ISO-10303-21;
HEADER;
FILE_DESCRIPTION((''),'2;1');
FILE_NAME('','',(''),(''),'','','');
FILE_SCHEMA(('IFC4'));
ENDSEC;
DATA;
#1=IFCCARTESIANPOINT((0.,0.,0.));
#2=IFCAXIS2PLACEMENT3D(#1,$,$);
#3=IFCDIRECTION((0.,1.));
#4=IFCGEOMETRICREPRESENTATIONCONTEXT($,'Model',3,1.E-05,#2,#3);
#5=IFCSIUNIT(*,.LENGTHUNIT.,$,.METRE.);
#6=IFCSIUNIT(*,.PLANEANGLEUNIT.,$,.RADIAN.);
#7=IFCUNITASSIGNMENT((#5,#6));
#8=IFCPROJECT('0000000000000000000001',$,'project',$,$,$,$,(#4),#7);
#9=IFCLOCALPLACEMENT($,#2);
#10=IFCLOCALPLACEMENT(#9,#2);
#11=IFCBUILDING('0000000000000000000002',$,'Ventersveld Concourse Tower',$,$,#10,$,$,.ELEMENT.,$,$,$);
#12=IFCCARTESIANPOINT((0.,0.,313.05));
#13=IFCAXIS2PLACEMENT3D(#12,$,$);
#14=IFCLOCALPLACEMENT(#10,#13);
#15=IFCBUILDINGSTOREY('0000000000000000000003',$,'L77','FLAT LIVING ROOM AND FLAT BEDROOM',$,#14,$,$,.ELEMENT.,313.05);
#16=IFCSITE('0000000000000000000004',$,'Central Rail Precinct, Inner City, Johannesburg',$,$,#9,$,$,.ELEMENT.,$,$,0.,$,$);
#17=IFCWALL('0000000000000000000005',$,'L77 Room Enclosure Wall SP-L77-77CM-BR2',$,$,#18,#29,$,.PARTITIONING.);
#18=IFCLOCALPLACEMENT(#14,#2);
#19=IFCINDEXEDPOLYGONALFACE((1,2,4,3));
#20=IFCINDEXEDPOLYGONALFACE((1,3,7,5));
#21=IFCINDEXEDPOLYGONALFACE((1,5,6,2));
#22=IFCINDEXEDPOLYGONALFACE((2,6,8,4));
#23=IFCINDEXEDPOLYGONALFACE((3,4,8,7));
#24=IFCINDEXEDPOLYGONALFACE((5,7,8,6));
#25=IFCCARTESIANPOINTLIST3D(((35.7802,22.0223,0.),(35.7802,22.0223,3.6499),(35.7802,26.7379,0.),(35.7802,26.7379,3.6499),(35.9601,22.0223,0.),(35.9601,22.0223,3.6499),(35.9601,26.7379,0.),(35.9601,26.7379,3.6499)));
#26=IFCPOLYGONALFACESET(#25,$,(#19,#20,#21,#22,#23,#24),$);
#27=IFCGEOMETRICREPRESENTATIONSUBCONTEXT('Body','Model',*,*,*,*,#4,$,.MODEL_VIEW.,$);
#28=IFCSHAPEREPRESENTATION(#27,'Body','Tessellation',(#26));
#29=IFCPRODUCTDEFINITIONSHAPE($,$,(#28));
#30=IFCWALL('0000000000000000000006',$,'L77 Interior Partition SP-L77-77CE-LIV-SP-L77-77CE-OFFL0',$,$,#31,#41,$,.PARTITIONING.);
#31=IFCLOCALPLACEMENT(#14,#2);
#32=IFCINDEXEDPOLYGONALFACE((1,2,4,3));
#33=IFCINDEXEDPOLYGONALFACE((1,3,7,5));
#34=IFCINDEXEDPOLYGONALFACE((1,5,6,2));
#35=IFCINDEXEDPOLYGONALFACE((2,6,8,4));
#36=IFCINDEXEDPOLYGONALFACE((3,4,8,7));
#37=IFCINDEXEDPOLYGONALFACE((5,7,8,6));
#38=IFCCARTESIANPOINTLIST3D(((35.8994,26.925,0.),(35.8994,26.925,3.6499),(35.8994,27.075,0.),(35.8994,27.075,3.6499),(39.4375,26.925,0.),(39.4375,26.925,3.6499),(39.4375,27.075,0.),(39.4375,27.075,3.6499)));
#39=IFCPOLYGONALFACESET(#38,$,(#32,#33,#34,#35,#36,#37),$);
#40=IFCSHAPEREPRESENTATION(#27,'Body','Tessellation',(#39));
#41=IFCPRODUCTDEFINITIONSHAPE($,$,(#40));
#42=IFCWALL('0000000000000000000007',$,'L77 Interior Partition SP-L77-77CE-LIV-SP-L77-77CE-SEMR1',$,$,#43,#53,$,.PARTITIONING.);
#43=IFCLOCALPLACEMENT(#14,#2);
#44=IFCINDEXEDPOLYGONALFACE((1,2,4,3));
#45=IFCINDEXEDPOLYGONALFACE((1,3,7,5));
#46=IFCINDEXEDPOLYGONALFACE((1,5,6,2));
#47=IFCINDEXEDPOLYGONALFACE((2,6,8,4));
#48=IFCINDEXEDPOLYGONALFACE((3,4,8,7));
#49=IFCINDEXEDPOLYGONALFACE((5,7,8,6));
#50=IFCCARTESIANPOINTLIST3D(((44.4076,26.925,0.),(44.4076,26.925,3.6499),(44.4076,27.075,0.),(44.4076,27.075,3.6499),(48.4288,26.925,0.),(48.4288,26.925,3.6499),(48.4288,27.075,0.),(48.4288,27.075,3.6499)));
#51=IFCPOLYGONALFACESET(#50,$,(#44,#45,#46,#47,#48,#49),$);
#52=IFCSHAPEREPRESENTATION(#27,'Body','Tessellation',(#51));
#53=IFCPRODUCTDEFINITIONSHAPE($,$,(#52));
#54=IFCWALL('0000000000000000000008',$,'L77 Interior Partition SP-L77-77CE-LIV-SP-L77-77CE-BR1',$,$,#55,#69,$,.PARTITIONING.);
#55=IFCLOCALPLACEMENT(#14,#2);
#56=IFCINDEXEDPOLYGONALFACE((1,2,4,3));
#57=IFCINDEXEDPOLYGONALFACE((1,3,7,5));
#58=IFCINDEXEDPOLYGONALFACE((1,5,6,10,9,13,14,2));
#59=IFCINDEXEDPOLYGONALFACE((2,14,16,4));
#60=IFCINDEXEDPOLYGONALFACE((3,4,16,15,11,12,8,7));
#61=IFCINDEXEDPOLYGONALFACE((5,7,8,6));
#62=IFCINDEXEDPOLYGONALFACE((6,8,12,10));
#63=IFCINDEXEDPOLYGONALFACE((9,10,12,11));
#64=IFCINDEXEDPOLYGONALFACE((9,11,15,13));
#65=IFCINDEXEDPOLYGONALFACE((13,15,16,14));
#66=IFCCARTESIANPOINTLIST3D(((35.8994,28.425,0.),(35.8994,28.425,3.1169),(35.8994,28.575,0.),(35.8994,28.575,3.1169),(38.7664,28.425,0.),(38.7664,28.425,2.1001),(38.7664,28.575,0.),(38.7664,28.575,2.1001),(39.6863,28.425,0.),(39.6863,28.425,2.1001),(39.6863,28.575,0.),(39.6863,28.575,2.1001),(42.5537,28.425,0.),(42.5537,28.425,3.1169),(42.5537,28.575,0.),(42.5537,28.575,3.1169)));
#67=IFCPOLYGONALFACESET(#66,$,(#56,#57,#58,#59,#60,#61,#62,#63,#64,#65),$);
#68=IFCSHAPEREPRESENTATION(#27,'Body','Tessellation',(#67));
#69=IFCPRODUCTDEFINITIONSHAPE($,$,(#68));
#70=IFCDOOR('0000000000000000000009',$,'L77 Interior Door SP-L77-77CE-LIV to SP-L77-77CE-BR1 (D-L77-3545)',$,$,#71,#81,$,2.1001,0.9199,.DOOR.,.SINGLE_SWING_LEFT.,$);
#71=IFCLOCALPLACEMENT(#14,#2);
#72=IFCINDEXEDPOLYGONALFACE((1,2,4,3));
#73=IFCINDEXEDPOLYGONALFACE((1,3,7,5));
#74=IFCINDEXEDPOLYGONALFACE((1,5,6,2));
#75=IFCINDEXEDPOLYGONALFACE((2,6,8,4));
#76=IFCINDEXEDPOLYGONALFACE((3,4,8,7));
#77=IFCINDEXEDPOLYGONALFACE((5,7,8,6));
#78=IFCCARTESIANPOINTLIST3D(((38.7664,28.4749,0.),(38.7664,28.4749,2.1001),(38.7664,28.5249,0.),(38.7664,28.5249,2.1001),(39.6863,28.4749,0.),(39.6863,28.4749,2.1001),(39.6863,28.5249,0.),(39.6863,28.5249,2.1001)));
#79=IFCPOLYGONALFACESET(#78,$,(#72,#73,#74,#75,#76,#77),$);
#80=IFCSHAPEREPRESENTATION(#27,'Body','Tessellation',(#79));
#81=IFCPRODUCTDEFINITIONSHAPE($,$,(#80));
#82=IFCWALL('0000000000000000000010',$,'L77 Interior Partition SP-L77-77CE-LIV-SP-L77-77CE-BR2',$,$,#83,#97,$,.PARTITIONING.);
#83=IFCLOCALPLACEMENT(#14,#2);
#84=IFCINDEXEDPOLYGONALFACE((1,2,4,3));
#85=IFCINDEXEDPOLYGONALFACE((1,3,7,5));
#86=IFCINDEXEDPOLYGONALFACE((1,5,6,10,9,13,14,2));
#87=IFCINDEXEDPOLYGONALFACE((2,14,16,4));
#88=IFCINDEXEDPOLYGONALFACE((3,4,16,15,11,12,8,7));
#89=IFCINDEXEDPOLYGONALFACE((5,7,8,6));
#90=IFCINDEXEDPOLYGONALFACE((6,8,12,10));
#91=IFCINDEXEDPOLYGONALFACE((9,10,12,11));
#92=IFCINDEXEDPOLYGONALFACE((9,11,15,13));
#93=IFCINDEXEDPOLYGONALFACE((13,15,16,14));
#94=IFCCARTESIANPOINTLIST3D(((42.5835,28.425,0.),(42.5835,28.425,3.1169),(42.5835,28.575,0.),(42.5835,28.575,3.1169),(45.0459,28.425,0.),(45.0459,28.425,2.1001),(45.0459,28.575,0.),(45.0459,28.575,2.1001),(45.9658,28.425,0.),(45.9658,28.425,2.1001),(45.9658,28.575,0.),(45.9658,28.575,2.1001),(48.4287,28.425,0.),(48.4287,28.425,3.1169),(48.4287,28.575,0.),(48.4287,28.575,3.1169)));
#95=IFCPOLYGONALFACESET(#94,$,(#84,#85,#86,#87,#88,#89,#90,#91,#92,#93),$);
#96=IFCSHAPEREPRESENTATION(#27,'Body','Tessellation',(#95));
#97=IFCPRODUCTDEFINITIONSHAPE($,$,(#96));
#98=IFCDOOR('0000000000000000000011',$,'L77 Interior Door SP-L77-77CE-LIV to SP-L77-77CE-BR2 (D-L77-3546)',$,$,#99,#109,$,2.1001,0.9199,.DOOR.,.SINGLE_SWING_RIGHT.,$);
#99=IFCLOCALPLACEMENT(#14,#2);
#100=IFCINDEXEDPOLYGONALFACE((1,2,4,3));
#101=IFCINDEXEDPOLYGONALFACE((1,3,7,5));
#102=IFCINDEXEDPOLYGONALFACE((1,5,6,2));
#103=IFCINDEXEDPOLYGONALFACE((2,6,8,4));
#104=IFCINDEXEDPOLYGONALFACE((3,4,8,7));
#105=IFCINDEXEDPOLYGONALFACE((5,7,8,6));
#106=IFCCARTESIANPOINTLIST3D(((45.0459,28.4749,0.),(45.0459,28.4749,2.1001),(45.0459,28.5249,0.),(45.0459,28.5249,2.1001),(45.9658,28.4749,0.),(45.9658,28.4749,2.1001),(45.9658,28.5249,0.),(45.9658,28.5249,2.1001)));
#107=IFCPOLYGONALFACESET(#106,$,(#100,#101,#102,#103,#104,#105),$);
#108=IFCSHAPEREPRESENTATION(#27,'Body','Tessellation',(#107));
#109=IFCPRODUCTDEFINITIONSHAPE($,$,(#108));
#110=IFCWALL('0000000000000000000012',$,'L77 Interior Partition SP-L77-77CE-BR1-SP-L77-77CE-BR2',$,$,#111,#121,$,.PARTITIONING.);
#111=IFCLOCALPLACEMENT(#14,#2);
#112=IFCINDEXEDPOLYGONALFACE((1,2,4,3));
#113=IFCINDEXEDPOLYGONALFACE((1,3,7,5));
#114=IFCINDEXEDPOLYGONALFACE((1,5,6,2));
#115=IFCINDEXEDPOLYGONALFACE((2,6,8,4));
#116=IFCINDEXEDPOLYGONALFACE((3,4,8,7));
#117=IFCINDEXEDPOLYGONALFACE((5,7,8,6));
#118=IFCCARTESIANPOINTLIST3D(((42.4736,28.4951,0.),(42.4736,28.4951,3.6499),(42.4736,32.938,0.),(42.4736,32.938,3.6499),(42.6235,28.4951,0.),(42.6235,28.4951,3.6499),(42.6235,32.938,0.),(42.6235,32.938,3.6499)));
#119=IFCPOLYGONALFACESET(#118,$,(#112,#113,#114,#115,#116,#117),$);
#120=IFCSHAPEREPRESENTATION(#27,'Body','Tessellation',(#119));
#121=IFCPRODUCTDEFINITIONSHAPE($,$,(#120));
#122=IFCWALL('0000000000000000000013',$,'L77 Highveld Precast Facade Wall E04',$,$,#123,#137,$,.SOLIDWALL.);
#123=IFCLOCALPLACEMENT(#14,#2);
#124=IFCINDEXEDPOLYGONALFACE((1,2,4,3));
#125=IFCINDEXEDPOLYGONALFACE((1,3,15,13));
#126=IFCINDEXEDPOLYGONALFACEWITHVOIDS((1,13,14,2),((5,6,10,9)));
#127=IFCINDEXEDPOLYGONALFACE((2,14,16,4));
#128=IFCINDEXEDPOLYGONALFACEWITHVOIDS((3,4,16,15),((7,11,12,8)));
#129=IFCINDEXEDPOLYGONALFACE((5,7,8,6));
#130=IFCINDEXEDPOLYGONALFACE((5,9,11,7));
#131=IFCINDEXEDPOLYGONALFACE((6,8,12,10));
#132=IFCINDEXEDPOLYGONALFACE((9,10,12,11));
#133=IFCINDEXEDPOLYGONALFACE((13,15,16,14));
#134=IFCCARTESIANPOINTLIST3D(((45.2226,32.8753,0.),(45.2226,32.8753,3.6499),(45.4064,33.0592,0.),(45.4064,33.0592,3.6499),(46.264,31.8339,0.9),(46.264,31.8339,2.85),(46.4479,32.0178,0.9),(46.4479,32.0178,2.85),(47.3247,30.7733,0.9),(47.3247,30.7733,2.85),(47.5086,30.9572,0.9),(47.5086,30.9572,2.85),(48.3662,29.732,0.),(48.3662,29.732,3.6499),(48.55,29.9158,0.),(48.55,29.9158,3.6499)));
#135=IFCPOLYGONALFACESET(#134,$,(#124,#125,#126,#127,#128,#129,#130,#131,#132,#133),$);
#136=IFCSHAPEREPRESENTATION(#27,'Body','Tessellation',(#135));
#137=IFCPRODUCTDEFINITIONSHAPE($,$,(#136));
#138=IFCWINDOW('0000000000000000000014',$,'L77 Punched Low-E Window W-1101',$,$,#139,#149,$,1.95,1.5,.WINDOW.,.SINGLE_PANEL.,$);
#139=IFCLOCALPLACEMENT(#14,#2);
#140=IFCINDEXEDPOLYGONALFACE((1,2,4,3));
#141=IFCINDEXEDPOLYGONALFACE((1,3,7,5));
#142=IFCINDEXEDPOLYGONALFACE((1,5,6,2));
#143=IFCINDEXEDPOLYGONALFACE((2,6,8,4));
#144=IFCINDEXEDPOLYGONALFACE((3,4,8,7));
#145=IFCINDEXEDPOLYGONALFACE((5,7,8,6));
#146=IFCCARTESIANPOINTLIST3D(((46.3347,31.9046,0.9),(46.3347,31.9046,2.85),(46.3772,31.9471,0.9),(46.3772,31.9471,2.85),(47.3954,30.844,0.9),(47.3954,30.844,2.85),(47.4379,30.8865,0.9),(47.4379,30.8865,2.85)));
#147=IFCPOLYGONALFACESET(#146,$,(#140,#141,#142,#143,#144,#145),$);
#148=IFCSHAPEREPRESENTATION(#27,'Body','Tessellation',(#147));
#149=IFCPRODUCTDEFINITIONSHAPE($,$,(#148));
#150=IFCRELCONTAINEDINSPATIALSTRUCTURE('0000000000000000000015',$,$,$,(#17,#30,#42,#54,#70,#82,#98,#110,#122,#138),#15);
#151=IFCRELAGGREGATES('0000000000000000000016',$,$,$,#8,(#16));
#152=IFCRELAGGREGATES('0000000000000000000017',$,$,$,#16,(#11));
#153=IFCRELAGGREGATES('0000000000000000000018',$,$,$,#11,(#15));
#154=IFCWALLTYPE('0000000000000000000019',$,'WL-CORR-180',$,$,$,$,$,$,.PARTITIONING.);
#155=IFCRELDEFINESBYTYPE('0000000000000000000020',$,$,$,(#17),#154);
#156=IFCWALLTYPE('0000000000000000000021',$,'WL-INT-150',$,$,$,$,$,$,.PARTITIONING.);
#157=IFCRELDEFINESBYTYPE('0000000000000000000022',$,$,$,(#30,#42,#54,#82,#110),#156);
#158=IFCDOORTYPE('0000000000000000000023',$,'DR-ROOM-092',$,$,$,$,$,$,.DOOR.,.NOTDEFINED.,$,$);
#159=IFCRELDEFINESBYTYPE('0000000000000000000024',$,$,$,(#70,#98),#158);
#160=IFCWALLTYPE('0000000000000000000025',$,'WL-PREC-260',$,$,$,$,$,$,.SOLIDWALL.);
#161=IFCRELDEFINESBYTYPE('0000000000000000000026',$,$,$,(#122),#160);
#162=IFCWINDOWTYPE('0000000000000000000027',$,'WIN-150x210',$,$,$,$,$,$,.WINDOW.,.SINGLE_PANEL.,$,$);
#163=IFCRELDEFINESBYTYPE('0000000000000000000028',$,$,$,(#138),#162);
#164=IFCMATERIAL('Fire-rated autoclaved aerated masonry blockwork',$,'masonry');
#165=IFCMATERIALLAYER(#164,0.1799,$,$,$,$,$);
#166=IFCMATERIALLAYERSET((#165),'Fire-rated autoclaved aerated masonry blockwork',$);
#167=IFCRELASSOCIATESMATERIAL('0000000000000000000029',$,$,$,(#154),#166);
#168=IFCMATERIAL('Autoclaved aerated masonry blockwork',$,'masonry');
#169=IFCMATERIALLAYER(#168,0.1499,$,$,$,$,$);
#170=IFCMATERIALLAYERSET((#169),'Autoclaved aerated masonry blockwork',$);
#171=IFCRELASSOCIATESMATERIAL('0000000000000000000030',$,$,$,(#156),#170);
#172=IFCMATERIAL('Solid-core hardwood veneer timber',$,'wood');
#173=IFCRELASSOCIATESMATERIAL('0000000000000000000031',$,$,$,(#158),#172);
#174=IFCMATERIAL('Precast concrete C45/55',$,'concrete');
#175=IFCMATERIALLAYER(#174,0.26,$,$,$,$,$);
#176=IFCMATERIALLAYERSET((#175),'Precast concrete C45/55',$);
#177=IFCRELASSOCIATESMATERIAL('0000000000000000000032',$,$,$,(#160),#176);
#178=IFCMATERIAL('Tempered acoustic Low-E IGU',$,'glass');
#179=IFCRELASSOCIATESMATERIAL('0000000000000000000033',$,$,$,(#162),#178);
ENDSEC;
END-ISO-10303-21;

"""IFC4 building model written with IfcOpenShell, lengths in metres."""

from ifc_helpers import new_model, si_unit, direction, frame, frame_2d, origin, place, context, subcontext, project, spatial, rectangle, extrude, material, layer, layer_set, type_object, element, fill, save


model = new_model("IFC4")

# Units and contexts
model_context = context("Model", 3, precision=1e-05, world=origin(), true_north=direction((0.0, 1.0)))
body_context = subcontext(model_context, "Body", "Model", "MODEL_VIEW")
ifc_project = project(units=[si_unit("LENGTHUNIT", "METRE"), si_unit("PLANEANGLEUNIT", "RADIAN")], contexts=[model_context])

# Site, building, storey
site_placement = place(None, origin())
site = spatial("IfcSite", under=ifc_project, at=site_placement, Name="Central Rail Precinct, Inner City, Johannesburg", CompositionType="ELEMENT", RefElevation=0.0)
building_placement = place(site_placement, origin())
building = spatial("IfcBuilding", under=site, at=building_placement, Name="Ventersveld Concourse Tower", CompositionType="ELEMENT")
storey_placement = place(building_placement, frame((0.0, 0.0, 313.05)))
storey = spatial("IfcBuildingStorey", under=building, at=storey_placement, Name="L77", Description="FLAT LIVING ROOM AND FLAT BEDROOM", CompositionType="ELEMENT", Elevation=313.05)

# Walls
ifc_material_1 = material(Name="Fire-rated autoclaved aerated masonry blockwork", Category="masonry")
ifc_layer_1 = layer(ifc_material_1, 0.1799)
ifc_layer_set_1 = layer_set([ifc_layer_1], Name="Fire-rated autoclaved aerated masonry blockwork")
wall_type_1 = type_object("IfcWallType", Name="WL-CORR-180", PredefinedType="PARTITIONING", material=ifc_layer_set_1)
wall_1_placement = place(storey_placement, frame((35.8701, 26.738, 0.0), z_axis=(0.0, 0.0, 1.0), x_axis=(0.0, -1.0, 0.0)))
element("IfcWall", 1, at=wall_1_placement, inside=storey, type_object=wall_type_1, Name="L77 Room Enclosure Wall SP-L77-77CM-BR2", PredefinedType="PARTITIONING", context=body_context, shape_type="SweptSolid", body=[
    extrude(rectangle(XDim=4.7156, YDim=0.1799, at=frame_2d((2.3579, 0.0))), origin(), (0.0, 0.0, 1.0), 3.6499),
])
ifc_material_2 = material(Name="Autoclaved aerated masonry blockwork", Category="masonry")
ifc_layer_2 = layer(ifc_material_2, 0.1499)
ifc_layer_set_2 = layer_set([ifc_layer_2], Name="Autoclaved aerated masonry blockwork")
wall_type_2 = type_object("IfcWallType", Name="WL-INT-150", PredefinedType="PARTITIONING", material=ifc_layer_set_2)
wall_2_placement = place(storey_placement, frame((35.8994, 27.0, 0.0), z_axis=(0.0, 0.0, 1.0), x_axis=(1.0, 0.0, 0.0)))
element("IfcWall", 2, at=wall_2_placement, inside=storey, type_object=wall_type_2, Name="L77 Interior Partition SP-L77-77CE-LIV-SP-L77-77CE-OFFL0", PredefinedType="PARTITIONING", context=body_context, shape_type="SweptSolid", body=[
    extrude(rectangle(XDim=3.5381, YDim=0.1499, at=frame_2d((1.769, 0.0))), origin(), (0.0, 0.0, 1.0), 3.6499),
])
wall_3_placement = place(storey_placement, frame((44.4075, 27.0, 0.0), z_axis=(0.0, 0.0, 1.0), x_axis=(1.0, 0.0, 0.0)))
element("IfcWall", 3, at=wall_3_placement, inside=storey, type_object=wall_type_2, Name="L77 Interior Partition SP-L77-77CE-LIV-SP-L77-77CE-SEMR1", PredefinedType="PARTITIONING", context=body_context, shape_type="SweptSolid", body=[
    extrude(rectangle(XDim=4.0212, YDim=0.1499, at=frame_2d((2.0107, 0.0))), origin(), (0.0, 0.0, 1.0), 3.6499),
])

# Walls, openings, doors
wall_4_placement = place(storey_placement, frame((35.8994, 28.5, 0.0), z_axis=(0.0, 0.0, 1.0), x_axis=(1.0, 0.0, 0.0)))
wall_4 = element("IfcWall", 4, at=wall_4_placement, inside=storey, type_object=wall_type_2, Name="L77 Interior Partition SP-L77-77CE-LIV-SP-L77-77CE-BR1", PredefinedType="PARTITIONING", context=body_context, shape_type="SweptSolid", body=[
    extrude(rectangle(XDim=6.6543, YDim=0.1499, at=frame_2d((3.3271, 0.0))), origin(), (0.0, 0.0, 1.0), 3.1169),
])
opening_1_placement = place(wall_4_placement, frame((2.8669, 0.0, 0.0)))
opening_1 = element("IfcOpeningElement", 5, at=opening_1_placement, cuts=wall_4, PredefinedType="OPENING", context=body_context, shape_type="SweptSolid", body=[
    extrude(rectangle(XDim=0.9199, YDim=2.1001, at=frame_2d((0.46, 1.05))), frame((0.0, 0.085, 0.0), z_axis=(0.0, -1.0, 0.0), x_axis=(1.0, 0.0, 0.0)), (0.0, 0.0, 1.0), 0.1699),
])
ifc_material_3 = material(Name="Solid-core hardwood veneer timber", Category="wood")
door_type = type_object("IfcDoorType", Name="DR-ROOM-092", OperationType="NOTDEFINED", PredefinedType="DOOR", material=ifc_material_3)
door_1_placement = place(opening_1_placement, origin())
door_1 = element("IfcDoor", 6, at=door_1_placement, inside=storey, type_object=door_type, Name="L77 Interior Door SP-L77-77CE-LIV to SP-L77-77CE-BR1 (D-L77-3545)", OperationType="SINGLE_SWING_LEFT", OverallHeight=2.1001, OverallWidth=0.9199, PredefinedType="DOOR", context=body_context, shape_type="SweptSolid", body=[
    extrude(rectangle(XDim=0.9199, YDim=2.1001, at=frame_2d((0.46, 1.05))), frame((0.0, 0.0249, 0.0), z_axis=(0.0, -1.0, 0.0), x_axis=(1.0, 0.0, 0.0)), (0.0, 0.0, 1.0), 0.05),
])
fill(opening_1, door_1)
wall_5_placement = place(storey_placement, frame((42.5835, 28.5, 0.0), z_axis=(0.0, 0.0, 1.0), x_axis=(1.0, 0.0, 0.0)))
wall_5 = element("IfcWall", 7, at=wall_5_placement, inside=storey, type_object=wall_type_2, Name="L77 Interior Partition SP-L77-77CE-LIV-SP-L77-77CE-BR2", PredefinedType="PARTITIONING", context=body_context, shape_type="SweptSolid", body=[
    extrude(rectangle(XDim=5.8452, YDim=0.1499, at=frame_2d((2.9226, 0.0))), origin(), (0.0, 0.0, 1.0), 3.1169),
])
opening_2_placement = place(wall_5_placement, frame((2.4624, 0.0, 0.0)))
opening_2 = element("IfcOpeningElement", 8, at=opening_2_placement, cuts=wall_5, PredefinedType="OPENING", context=body_context, shape_type="SweptSolid", body=[
    extrude(rectangle(XDim=0.9199, YDim=2.1001, at=frame_2d((0.46, 1.05))), frame((0.0, 0.085, 0.0), z_axis=(0.0, -1.0, 0.0), x_axis=(1.0, 0.0, 0.0)), (0.0, 0.0, 1.0), 0.1699),
])
door_2_placement = place(opening_2_placement, origin())
door_2 = element("IfcDoor", 9, at=door_2_placement, inside=storey, type_object=door_type, Name="L77 Interior Door SP-L77-77CE-LIV to SP-L77-77CE-BR2 (D-L77-3546)", OperationType="SINGLE_SWING_RIGHT", OverallHeight=2.1001, OverallWidth=0.9199, PredefinedType="DOOR", context=body_context, shape_type="SweptSolid", body=[
    extrude(rectangle(XDim=0.9199, YDim=2.1001, at=frame_2d((0.46, 1.05))), frame((0.0, 0.0249, 0.0), z_axis=(0.0, -1.0, 0.0), x_axis=(1.0, 0.0, 0.0)), (0.0, 0.0, 1.0), 0.05),
])
fill(opening_2, door_2)

# Wall
wall_6_placement = place(storey_placement, frame((42.5486, 28.4951, 0.0), z_axis=(0.0, 0.0, 1.0), x_axis=(0.0, 1.0, 0.0)))
element("IfcWall", 10, at=wall_6_placement, inside=storey, type_object=wall_type_2, Name="L77 Interior Partition SP-L77-77CE-BR1-SP-L77-77CE-BR2", PredefinedType="PARTITIONING", context=body_context, shape_type="SweptSolid", body=[
    extrude(rectangle(XDim=4.4429, YDim=0.1499, at=frame_2d((2.2214, 0.0))), origin(), (0.0, 0.0, 1.0), 3.6499),
])

# Wall, opening, window
ifc_material_4 = material(Name="Precast concrete C45/55", Category="concrete")
ifc_layer_3 = layer(ifc_material_4, 0.26)
ifc_layer_set_3 = layer_set([ifc_layer_3], Name="Precast concrete C45/55")
wall_type_3 = type_object("IfcWallType", Name="WL-PREC-260", PredefinedType="SOLIDWALL", material=ifc_layer_set_3)
wall_7_placement = place(storey_placement, frame((48.458, 29.824, 0.0), z_axis=(0.0, 0.0, 1.0), x_axis=(-0.707134, 0.707079, 0.0)))
wall_7 = element("IfcWall", 11, at=wall_7_placement, inside=storey, type_object=wall_type_3, Name="L77 Highveld Precast Facade Wall E04", PredefinedType="SOLIDWALL", context=body_context, shape_type="SweptSolid", body=[
    extrude(rectangle(XDim=4.4456, YDim=0.26, at=frame_2d((2.2227, 0.0))), origin(), (0.0, 0.0, 1.0), 3.6499),
])
opening_3_placement = place(wall_7_placement, frame((1.4727, 0.0, 0.8999)))
opening_3 = element("IfcOpeningElement", 12, at=opening_3_placement, cuts=wall_7, PredefinedType="OPENING", context=body_context, shape_type="SweptSolid", body=[
    extrude(rectangle(XDim=1.5, YDim=1.95, at=frame_2d((0.75, 0.9751))), frame((0.0, 0.1401, 0.0), z_axis=(0.0, -1.0, 0.0), x_axis=(1.0, 0.0, 0.0)), (0.0, 0.0, 1.0), 0.28),
])
ifc_material_5 = material(Name="Tempered acoustic Low-E IGU", Category="glass")
window_type = type_object("IfcWindowType", Name="WIN-150x210", PartitioningType="SINGLE_PANEL", PredefinedType="WINDOW", material=ifc_material_5)
window_1_placement = place(opening_3_placement, origin())
window_1 = element("IfcWindow", 13, at=window_1_placement, inside=storey, type_object=window_type, Name="L77 Punched Low-E Window W-1101", OverallHeight=1.95, OverallWidth=1.5, PartitioningType="SINGLE_PANEL", PredefinedType="WINDOW", context=body_context, shape_type="SweptSolid", body=[
    extrude(rectangle(XDim=1.5, YDim=1.95, at=frame_2d((0.75, 0.9751))), frame((0.0, 0.03, 0.0), z_axis=(0.0, -1.0, 0.0), x_axis=(1.0, 0.0, 0.0)), (0.0, 0.0, 1.0), 0.0601),
])
fill(opening_3, window_1)

save(model, "model.ifc")
